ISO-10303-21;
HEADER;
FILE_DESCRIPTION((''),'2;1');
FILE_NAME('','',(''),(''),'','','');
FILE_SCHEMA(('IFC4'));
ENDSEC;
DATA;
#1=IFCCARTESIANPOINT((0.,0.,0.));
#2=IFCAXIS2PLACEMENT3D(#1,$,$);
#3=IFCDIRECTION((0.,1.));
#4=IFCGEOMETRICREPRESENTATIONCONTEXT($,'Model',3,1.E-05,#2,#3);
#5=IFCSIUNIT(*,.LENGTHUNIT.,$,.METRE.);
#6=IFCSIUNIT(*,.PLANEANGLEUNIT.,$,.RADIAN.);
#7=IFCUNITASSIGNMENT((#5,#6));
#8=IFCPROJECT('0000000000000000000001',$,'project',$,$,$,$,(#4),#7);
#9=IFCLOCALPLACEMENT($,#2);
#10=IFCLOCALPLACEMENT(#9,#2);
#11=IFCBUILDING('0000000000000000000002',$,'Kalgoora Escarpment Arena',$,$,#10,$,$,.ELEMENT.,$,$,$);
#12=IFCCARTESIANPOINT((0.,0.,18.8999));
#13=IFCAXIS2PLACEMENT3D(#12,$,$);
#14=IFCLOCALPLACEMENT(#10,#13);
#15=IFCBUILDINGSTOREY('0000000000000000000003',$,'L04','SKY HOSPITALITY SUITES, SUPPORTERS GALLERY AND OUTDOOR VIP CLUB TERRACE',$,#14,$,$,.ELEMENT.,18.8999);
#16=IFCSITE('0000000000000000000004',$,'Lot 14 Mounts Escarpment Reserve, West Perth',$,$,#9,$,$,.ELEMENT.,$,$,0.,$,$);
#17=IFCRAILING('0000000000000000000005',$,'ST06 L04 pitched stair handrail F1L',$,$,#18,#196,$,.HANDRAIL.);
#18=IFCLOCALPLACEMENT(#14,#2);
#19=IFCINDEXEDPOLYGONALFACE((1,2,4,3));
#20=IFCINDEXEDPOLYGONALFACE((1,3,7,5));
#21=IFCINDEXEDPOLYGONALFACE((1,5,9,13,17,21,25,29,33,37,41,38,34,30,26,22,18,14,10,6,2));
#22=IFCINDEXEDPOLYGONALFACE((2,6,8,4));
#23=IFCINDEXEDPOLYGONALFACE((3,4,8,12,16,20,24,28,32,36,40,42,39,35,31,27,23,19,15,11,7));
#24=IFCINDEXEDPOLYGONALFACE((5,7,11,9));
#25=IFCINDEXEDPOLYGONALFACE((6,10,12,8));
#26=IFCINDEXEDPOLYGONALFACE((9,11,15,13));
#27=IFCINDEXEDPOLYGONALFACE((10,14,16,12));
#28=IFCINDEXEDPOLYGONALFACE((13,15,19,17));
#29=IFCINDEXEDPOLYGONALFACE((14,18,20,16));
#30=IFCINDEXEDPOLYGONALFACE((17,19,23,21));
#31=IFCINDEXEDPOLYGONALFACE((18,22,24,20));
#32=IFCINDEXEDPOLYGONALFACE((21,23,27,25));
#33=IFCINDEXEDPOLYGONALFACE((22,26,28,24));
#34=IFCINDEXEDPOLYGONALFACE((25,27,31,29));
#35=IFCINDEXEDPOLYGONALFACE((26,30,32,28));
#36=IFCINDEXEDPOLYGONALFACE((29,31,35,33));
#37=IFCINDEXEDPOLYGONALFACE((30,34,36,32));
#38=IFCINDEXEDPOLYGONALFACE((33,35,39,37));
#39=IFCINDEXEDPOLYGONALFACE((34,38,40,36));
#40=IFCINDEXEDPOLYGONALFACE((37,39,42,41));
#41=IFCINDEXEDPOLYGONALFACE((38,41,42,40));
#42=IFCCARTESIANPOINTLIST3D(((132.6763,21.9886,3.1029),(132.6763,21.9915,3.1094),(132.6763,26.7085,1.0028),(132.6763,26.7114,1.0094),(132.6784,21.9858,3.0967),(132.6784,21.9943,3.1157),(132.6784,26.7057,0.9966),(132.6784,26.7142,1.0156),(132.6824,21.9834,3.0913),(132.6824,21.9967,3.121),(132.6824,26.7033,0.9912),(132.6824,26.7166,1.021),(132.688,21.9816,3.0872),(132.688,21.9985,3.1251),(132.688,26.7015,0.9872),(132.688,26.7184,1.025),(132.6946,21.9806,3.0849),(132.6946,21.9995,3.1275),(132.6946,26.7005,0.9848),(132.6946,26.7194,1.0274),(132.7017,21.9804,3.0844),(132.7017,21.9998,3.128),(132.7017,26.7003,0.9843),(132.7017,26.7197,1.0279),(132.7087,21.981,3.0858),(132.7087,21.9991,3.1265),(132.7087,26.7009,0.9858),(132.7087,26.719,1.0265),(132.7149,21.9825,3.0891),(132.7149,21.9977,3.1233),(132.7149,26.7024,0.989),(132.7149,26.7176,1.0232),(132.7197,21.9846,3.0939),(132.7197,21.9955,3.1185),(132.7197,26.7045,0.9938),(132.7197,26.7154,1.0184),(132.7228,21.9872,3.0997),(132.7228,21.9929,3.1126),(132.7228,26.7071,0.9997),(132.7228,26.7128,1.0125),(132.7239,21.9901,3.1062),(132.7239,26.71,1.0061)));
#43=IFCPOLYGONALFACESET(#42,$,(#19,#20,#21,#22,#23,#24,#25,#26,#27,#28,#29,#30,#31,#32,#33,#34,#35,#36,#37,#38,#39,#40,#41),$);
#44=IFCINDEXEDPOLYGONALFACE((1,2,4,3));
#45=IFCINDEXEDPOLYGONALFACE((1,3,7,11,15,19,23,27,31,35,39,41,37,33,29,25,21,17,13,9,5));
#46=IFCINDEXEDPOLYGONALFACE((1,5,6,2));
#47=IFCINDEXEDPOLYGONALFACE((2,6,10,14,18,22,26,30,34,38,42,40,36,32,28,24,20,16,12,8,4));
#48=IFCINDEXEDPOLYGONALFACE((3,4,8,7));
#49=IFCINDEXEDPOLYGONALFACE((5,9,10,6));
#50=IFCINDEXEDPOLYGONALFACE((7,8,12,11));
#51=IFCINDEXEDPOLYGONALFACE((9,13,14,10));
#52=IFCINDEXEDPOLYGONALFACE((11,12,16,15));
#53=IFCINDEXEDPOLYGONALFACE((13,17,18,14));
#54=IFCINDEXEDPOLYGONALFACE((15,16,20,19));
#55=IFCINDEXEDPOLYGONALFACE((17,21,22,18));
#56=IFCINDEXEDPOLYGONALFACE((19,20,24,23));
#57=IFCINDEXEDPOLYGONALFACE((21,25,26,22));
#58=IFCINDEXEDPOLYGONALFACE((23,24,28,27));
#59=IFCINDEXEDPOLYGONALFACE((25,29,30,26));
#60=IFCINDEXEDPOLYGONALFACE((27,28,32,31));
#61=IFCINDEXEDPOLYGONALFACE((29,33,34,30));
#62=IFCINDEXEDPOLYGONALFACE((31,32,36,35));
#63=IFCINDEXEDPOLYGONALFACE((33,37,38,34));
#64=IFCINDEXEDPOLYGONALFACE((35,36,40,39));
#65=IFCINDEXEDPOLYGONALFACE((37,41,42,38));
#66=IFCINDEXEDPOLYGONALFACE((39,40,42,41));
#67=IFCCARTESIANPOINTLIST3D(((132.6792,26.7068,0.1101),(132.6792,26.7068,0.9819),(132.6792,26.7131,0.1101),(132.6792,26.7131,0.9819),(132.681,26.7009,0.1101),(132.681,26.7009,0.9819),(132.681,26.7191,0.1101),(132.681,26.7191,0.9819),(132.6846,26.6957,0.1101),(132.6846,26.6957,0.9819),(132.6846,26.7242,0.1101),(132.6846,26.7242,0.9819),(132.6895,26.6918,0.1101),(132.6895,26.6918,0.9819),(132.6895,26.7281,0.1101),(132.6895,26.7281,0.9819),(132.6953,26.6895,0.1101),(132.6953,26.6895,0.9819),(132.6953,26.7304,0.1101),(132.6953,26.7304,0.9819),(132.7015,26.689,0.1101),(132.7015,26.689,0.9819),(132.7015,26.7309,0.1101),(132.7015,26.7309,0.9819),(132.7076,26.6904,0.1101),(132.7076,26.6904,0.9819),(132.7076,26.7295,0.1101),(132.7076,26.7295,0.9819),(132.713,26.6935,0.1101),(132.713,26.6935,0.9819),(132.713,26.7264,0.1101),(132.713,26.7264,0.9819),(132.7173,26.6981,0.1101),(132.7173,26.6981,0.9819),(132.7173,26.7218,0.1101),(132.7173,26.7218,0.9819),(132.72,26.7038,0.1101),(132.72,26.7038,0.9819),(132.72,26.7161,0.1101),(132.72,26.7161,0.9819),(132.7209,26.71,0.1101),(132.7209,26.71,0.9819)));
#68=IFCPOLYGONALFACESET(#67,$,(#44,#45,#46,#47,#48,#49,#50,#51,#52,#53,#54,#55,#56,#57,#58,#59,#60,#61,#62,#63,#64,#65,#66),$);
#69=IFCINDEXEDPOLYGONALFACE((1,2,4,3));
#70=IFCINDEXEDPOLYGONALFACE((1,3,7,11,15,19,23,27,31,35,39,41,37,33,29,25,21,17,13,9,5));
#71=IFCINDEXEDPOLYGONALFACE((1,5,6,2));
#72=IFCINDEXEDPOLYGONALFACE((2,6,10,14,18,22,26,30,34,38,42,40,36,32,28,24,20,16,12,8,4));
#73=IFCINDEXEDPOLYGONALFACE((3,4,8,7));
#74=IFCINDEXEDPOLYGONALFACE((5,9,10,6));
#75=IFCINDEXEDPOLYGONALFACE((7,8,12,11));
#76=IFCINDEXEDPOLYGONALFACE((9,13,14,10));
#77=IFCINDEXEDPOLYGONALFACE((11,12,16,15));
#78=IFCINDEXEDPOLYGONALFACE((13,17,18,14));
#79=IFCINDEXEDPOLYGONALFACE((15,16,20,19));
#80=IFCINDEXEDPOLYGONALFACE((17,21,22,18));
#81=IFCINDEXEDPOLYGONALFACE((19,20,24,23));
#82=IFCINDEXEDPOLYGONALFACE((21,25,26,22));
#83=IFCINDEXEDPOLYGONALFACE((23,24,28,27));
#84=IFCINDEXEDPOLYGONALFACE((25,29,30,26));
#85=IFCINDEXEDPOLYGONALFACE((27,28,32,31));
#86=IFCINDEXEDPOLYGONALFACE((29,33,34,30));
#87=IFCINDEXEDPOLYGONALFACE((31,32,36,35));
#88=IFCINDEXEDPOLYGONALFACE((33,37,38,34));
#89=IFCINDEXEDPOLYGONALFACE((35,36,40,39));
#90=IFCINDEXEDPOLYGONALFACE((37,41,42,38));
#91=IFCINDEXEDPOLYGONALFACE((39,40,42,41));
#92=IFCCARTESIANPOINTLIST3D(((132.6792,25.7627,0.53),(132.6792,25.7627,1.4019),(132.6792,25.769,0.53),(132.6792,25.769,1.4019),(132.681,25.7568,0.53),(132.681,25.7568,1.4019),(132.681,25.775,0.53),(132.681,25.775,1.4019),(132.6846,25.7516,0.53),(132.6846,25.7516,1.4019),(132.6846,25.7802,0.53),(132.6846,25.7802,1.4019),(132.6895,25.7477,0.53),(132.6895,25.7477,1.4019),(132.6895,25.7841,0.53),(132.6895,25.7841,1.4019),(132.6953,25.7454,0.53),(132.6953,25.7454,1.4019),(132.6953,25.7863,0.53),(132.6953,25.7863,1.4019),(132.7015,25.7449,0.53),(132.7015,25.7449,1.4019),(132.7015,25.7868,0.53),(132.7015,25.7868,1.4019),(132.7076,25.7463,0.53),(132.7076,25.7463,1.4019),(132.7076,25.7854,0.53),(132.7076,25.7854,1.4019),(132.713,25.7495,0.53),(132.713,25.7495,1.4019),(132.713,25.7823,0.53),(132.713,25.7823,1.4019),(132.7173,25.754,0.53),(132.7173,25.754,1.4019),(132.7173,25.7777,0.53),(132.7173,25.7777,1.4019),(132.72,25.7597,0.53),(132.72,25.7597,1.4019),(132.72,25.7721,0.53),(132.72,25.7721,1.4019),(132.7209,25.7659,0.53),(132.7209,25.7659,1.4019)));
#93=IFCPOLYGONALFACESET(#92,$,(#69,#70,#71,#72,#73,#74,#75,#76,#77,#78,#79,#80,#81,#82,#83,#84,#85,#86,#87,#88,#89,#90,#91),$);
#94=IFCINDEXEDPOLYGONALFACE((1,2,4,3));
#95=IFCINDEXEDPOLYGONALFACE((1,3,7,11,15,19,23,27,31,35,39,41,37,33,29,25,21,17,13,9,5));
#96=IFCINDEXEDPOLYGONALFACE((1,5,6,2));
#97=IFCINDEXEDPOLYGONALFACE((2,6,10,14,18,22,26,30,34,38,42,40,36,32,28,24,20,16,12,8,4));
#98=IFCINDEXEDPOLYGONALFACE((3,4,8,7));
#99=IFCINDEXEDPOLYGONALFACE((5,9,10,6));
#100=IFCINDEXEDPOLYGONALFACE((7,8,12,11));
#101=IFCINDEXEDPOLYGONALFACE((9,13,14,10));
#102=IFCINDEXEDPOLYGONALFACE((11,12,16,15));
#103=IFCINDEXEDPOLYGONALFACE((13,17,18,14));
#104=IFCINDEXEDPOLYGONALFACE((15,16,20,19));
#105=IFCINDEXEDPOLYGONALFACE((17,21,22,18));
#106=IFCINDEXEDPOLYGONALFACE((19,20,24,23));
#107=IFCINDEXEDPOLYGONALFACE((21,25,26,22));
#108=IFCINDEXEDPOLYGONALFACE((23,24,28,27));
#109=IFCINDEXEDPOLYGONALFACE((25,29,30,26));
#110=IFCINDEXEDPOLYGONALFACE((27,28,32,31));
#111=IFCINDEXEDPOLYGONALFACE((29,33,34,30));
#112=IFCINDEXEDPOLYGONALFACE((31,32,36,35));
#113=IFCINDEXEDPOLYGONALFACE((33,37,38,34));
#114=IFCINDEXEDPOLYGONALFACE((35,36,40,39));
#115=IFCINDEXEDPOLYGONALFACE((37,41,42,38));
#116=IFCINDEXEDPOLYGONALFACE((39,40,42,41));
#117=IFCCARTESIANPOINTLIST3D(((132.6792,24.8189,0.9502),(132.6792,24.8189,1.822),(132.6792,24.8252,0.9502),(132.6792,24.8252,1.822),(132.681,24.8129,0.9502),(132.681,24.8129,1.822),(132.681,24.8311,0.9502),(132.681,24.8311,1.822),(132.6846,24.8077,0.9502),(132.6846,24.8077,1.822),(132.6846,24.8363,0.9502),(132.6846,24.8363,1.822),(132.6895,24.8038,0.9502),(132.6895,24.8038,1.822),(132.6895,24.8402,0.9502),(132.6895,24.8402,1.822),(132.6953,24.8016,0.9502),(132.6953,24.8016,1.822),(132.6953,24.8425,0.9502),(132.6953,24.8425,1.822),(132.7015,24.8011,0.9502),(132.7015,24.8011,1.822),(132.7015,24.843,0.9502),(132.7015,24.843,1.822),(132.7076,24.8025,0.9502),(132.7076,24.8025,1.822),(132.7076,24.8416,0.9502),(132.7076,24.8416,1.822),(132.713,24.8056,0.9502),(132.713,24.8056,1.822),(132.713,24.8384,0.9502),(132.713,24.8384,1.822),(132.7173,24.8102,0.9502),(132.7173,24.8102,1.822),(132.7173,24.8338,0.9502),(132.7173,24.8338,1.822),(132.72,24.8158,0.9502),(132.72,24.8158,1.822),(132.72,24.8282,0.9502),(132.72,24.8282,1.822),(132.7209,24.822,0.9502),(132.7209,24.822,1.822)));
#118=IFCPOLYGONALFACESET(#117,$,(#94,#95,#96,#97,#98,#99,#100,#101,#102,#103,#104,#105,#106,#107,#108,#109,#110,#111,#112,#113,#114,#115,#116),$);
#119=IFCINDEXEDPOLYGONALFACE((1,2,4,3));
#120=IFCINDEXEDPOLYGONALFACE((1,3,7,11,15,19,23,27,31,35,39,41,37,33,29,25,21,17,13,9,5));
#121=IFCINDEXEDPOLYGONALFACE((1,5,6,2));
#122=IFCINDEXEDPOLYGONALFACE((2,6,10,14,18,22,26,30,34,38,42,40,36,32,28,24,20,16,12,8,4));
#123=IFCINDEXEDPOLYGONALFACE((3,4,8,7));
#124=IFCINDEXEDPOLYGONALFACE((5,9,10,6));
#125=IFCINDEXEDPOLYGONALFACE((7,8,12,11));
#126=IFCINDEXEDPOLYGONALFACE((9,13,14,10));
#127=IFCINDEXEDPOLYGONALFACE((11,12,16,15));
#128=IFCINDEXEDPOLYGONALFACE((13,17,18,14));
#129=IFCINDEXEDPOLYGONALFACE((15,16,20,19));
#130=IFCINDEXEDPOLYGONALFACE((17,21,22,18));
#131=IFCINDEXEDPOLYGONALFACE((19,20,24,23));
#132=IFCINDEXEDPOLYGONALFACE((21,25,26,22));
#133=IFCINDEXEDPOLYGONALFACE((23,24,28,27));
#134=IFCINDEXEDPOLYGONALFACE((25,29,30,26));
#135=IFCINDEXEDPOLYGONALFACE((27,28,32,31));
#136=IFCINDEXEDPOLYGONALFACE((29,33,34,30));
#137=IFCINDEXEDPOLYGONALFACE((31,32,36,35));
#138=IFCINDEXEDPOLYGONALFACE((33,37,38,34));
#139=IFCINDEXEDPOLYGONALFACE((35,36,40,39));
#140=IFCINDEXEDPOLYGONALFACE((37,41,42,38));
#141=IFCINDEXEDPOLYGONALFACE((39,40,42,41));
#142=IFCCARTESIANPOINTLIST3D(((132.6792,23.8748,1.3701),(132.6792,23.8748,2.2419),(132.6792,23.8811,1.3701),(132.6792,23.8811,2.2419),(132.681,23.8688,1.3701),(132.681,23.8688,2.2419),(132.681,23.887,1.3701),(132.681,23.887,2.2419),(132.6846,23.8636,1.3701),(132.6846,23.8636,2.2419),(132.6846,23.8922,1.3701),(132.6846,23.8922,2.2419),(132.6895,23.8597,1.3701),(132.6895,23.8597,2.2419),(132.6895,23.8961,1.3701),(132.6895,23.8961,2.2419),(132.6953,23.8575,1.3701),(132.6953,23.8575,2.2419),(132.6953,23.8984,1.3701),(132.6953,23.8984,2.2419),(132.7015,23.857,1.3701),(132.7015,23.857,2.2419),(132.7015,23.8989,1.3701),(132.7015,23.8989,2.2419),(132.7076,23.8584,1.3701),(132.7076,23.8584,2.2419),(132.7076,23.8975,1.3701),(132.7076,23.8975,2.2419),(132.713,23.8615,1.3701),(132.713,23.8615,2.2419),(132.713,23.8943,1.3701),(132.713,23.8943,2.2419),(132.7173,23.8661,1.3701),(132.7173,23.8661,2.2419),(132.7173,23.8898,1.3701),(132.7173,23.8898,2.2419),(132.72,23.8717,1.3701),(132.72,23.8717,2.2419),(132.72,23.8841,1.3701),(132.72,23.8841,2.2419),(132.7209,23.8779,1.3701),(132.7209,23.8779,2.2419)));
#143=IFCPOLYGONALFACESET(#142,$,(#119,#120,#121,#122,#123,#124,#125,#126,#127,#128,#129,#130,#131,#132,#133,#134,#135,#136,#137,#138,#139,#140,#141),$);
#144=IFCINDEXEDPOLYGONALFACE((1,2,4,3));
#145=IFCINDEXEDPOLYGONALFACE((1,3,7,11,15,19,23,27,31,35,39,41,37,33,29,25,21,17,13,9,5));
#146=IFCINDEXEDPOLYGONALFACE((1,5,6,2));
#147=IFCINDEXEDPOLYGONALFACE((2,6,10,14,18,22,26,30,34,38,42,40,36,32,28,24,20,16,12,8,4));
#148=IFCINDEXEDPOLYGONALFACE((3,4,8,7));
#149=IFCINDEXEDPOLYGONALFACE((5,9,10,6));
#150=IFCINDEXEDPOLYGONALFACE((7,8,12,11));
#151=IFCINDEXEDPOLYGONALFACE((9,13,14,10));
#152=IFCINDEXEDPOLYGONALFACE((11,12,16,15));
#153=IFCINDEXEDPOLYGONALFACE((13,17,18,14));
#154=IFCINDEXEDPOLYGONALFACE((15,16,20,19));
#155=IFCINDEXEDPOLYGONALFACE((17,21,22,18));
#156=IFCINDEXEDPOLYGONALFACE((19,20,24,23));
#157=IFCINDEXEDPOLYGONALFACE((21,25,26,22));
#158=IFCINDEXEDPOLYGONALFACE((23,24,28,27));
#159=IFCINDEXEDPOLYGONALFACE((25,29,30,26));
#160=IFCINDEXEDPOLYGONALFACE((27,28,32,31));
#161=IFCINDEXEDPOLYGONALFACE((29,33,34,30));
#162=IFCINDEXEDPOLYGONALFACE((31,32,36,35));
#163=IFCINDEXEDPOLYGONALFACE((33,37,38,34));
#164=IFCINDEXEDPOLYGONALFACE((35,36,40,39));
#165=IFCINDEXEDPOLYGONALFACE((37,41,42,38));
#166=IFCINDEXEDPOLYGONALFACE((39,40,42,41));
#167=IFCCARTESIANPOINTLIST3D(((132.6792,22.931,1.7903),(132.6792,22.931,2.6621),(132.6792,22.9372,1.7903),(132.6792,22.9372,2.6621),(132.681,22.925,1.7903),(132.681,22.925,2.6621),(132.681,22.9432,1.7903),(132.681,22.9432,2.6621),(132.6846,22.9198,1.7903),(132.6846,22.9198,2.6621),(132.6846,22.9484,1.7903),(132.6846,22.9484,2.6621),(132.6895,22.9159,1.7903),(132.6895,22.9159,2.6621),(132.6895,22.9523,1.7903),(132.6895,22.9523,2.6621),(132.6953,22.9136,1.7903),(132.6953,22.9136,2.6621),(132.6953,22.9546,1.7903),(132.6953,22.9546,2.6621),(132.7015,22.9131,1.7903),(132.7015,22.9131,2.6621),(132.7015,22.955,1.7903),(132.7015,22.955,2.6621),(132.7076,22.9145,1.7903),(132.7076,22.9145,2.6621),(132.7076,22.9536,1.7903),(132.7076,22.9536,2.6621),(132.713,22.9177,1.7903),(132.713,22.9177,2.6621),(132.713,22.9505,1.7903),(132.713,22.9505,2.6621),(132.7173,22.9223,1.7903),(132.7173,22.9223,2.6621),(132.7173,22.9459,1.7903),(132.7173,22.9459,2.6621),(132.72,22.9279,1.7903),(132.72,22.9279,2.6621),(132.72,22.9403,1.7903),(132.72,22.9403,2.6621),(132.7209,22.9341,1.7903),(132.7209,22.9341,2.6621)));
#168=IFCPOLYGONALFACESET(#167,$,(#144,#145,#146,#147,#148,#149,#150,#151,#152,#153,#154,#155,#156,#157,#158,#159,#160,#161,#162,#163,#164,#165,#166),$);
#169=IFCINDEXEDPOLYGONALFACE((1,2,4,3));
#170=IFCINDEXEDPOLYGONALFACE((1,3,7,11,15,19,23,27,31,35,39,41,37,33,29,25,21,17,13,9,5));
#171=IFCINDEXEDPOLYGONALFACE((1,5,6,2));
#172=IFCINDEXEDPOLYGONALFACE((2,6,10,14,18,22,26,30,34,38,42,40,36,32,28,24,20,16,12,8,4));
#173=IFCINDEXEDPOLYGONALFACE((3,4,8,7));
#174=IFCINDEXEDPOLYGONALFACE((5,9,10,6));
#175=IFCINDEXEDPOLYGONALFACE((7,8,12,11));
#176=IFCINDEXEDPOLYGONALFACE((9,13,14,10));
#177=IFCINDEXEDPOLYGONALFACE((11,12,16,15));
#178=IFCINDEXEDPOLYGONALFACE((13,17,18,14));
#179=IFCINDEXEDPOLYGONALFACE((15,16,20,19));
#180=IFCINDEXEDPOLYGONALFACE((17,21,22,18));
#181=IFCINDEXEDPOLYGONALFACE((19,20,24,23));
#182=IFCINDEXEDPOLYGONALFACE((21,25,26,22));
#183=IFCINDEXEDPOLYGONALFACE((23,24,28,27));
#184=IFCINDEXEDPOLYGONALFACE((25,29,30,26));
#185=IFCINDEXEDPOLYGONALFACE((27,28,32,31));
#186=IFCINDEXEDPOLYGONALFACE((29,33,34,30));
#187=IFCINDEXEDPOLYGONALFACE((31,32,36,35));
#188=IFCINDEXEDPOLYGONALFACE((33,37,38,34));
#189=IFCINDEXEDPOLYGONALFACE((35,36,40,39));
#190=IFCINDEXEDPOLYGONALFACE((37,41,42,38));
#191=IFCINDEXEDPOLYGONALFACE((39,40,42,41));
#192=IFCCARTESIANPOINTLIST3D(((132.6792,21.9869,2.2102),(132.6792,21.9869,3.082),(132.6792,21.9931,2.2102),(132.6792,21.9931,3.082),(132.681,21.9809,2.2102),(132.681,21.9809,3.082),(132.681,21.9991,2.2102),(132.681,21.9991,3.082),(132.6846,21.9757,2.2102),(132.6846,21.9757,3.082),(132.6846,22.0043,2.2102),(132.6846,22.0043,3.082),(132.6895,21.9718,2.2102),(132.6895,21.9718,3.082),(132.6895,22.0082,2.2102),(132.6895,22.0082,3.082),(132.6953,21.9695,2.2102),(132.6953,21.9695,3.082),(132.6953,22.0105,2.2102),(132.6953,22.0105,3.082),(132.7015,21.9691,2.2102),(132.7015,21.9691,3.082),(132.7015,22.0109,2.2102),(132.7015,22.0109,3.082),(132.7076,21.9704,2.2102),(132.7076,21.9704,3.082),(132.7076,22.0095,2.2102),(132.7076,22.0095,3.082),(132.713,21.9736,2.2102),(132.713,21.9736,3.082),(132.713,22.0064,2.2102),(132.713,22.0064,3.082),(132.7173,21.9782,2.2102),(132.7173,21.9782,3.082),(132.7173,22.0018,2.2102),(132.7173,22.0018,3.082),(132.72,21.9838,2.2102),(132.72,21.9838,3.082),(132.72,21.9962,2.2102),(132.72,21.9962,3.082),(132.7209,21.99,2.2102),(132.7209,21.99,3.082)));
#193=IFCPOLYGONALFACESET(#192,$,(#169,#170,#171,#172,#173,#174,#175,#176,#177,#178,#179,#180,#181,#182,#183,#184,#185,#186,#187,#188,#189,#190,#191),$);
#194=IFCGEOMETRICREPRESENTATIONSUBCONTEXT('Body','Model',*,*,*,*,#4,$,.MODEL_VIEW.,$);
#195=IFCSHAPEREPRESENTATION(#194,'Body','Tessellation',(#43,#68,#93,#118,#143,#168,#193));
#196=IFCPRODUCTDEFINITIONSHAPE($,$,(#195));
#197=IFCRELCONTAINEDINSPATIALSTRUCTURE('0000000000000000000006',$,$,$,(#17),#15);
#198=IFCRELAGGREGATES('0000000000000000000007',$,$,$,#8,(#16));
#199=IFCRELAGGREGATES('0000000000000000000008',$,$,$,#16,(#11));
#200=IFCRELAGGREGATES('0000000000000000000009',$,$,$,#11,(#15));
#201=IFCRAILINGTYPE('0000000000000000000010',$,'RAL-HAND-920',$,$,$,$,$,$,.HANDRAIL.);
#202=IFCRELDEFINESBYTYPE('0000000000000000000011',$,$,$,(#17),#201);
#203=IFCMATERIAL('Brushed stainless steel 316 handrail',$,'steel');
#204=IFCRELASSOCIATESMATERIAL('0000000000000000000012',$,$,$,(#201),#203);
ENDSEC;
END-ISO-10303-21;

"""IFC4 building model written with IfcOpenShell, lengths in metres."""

from ifc_helpers import new_model, si_unit, direction, frame, origin, origin_2d, place, context, subcontext, project, spatial, circle, extrude, material, type_object, element, save


model = new_model("IFC4")

# Units and contexts
model_context = context("Model", 3, precision=1e-05, world=origin(), true_north=direction((0.0, 1.0)))
body_context = subcontext(model_context, "Body", "Model", "MODEL_VIEW")
ifc_project = project(units=[si_unit("LENGTHUNIT", "METRE"), si_unit("PLANEANGLEUNIT", "RADIAN")], contexts=[model_context])

# Site, building, storey
site_placement = place(None, origin())
site = spatial("IfcSite", under=ifc_project, at=site_placement, Name="Lot 14 Mounts Escarpment Reserve, West Perth", CompositionType="ELEMENT", RefElevation=0.0)
building_placement = place(site_placement, origin())
building = spatial("IfcBuilding", under=site, at=building_placement, Name="Kalgoora Escarpment Arena", CompositionType="ELEMENT")
storey_placement = place(building_placement, frame((0.0, 0.0, 18.8999)))
storey = spatial("IfcBuildingStorey", under=building, at=storey_placement, Name="L04", Description="SKY HOSPITALITY SUITES, SUPPORTERS GALLERY AND OUTDOOR VIP CLUB TERRACE", CompositionType="ELEMENT", Elevation=18.8999)

# Railing
ifc_material_1 = material(Name="Brushed stainless steel 316 handrail", Category="steel")
railing_type_1 = type_object("IfcRailingType", Name="RAL-HAND-920", PredefinedType="HANDRAIL", material=ifc_material_1)
for number, where, name in (
    (1, (132.7, 26.71, 0.1101), "ST06 L04 pitched stair handrail F1L"),
):
    element("IfcRailing", number, at=place(storey_placement, frame(where)), inside=storey, type_object=railing_type_1, Name=name, PredefinedType="HANDRAIL", context=body_context, shape_type="SweptSolid", body=[
        extrude(circle(Radius=0.0239, at=origin_2d()), frame((0.0, 0.0, 0.896), z_axis=(0.0, -0.913644, 0.406516), x_axis=(1.0, 0.0, 0.0)), (0.0, 0.0, 1.0), 5.166),
        extrude(circle(Radius=0.021, at=origin_2d()), origin(), (0.0, 0.0, 1.0), 0.8718),
        extrude(circle(Radius=0.021, at=origin_2d()), frame((0.0, -0.9441, 0.4199)), (0.0, 0.0, 1.0), 0.8718),
        extrude(circle(Radius=0.021, at=origin_2d()), frame((0.0, -1.8879, 0.8401)), (0.0, 0.0, 1.0), 0.8718),
        extrude(circle(Radius=0.021, at=origin_2d()), frame((0.0, -2.832, 1.26)), (0.0, 0.0, 1.0), 0.8718),
        extrude(circle(Radius=0.021, at=origin_2d()), frame((0.0, -3.7759, 1.6802)), (0.0, 0.0, 1.0), 0.8718),
        extrude(circle(Radius=0.021, at=origin_2d()), frame((0.0, -4.72, 2.1001)), (0.0, 0.0, 1.0), 0.8718),
    ])

save(model, "model.ifc")
